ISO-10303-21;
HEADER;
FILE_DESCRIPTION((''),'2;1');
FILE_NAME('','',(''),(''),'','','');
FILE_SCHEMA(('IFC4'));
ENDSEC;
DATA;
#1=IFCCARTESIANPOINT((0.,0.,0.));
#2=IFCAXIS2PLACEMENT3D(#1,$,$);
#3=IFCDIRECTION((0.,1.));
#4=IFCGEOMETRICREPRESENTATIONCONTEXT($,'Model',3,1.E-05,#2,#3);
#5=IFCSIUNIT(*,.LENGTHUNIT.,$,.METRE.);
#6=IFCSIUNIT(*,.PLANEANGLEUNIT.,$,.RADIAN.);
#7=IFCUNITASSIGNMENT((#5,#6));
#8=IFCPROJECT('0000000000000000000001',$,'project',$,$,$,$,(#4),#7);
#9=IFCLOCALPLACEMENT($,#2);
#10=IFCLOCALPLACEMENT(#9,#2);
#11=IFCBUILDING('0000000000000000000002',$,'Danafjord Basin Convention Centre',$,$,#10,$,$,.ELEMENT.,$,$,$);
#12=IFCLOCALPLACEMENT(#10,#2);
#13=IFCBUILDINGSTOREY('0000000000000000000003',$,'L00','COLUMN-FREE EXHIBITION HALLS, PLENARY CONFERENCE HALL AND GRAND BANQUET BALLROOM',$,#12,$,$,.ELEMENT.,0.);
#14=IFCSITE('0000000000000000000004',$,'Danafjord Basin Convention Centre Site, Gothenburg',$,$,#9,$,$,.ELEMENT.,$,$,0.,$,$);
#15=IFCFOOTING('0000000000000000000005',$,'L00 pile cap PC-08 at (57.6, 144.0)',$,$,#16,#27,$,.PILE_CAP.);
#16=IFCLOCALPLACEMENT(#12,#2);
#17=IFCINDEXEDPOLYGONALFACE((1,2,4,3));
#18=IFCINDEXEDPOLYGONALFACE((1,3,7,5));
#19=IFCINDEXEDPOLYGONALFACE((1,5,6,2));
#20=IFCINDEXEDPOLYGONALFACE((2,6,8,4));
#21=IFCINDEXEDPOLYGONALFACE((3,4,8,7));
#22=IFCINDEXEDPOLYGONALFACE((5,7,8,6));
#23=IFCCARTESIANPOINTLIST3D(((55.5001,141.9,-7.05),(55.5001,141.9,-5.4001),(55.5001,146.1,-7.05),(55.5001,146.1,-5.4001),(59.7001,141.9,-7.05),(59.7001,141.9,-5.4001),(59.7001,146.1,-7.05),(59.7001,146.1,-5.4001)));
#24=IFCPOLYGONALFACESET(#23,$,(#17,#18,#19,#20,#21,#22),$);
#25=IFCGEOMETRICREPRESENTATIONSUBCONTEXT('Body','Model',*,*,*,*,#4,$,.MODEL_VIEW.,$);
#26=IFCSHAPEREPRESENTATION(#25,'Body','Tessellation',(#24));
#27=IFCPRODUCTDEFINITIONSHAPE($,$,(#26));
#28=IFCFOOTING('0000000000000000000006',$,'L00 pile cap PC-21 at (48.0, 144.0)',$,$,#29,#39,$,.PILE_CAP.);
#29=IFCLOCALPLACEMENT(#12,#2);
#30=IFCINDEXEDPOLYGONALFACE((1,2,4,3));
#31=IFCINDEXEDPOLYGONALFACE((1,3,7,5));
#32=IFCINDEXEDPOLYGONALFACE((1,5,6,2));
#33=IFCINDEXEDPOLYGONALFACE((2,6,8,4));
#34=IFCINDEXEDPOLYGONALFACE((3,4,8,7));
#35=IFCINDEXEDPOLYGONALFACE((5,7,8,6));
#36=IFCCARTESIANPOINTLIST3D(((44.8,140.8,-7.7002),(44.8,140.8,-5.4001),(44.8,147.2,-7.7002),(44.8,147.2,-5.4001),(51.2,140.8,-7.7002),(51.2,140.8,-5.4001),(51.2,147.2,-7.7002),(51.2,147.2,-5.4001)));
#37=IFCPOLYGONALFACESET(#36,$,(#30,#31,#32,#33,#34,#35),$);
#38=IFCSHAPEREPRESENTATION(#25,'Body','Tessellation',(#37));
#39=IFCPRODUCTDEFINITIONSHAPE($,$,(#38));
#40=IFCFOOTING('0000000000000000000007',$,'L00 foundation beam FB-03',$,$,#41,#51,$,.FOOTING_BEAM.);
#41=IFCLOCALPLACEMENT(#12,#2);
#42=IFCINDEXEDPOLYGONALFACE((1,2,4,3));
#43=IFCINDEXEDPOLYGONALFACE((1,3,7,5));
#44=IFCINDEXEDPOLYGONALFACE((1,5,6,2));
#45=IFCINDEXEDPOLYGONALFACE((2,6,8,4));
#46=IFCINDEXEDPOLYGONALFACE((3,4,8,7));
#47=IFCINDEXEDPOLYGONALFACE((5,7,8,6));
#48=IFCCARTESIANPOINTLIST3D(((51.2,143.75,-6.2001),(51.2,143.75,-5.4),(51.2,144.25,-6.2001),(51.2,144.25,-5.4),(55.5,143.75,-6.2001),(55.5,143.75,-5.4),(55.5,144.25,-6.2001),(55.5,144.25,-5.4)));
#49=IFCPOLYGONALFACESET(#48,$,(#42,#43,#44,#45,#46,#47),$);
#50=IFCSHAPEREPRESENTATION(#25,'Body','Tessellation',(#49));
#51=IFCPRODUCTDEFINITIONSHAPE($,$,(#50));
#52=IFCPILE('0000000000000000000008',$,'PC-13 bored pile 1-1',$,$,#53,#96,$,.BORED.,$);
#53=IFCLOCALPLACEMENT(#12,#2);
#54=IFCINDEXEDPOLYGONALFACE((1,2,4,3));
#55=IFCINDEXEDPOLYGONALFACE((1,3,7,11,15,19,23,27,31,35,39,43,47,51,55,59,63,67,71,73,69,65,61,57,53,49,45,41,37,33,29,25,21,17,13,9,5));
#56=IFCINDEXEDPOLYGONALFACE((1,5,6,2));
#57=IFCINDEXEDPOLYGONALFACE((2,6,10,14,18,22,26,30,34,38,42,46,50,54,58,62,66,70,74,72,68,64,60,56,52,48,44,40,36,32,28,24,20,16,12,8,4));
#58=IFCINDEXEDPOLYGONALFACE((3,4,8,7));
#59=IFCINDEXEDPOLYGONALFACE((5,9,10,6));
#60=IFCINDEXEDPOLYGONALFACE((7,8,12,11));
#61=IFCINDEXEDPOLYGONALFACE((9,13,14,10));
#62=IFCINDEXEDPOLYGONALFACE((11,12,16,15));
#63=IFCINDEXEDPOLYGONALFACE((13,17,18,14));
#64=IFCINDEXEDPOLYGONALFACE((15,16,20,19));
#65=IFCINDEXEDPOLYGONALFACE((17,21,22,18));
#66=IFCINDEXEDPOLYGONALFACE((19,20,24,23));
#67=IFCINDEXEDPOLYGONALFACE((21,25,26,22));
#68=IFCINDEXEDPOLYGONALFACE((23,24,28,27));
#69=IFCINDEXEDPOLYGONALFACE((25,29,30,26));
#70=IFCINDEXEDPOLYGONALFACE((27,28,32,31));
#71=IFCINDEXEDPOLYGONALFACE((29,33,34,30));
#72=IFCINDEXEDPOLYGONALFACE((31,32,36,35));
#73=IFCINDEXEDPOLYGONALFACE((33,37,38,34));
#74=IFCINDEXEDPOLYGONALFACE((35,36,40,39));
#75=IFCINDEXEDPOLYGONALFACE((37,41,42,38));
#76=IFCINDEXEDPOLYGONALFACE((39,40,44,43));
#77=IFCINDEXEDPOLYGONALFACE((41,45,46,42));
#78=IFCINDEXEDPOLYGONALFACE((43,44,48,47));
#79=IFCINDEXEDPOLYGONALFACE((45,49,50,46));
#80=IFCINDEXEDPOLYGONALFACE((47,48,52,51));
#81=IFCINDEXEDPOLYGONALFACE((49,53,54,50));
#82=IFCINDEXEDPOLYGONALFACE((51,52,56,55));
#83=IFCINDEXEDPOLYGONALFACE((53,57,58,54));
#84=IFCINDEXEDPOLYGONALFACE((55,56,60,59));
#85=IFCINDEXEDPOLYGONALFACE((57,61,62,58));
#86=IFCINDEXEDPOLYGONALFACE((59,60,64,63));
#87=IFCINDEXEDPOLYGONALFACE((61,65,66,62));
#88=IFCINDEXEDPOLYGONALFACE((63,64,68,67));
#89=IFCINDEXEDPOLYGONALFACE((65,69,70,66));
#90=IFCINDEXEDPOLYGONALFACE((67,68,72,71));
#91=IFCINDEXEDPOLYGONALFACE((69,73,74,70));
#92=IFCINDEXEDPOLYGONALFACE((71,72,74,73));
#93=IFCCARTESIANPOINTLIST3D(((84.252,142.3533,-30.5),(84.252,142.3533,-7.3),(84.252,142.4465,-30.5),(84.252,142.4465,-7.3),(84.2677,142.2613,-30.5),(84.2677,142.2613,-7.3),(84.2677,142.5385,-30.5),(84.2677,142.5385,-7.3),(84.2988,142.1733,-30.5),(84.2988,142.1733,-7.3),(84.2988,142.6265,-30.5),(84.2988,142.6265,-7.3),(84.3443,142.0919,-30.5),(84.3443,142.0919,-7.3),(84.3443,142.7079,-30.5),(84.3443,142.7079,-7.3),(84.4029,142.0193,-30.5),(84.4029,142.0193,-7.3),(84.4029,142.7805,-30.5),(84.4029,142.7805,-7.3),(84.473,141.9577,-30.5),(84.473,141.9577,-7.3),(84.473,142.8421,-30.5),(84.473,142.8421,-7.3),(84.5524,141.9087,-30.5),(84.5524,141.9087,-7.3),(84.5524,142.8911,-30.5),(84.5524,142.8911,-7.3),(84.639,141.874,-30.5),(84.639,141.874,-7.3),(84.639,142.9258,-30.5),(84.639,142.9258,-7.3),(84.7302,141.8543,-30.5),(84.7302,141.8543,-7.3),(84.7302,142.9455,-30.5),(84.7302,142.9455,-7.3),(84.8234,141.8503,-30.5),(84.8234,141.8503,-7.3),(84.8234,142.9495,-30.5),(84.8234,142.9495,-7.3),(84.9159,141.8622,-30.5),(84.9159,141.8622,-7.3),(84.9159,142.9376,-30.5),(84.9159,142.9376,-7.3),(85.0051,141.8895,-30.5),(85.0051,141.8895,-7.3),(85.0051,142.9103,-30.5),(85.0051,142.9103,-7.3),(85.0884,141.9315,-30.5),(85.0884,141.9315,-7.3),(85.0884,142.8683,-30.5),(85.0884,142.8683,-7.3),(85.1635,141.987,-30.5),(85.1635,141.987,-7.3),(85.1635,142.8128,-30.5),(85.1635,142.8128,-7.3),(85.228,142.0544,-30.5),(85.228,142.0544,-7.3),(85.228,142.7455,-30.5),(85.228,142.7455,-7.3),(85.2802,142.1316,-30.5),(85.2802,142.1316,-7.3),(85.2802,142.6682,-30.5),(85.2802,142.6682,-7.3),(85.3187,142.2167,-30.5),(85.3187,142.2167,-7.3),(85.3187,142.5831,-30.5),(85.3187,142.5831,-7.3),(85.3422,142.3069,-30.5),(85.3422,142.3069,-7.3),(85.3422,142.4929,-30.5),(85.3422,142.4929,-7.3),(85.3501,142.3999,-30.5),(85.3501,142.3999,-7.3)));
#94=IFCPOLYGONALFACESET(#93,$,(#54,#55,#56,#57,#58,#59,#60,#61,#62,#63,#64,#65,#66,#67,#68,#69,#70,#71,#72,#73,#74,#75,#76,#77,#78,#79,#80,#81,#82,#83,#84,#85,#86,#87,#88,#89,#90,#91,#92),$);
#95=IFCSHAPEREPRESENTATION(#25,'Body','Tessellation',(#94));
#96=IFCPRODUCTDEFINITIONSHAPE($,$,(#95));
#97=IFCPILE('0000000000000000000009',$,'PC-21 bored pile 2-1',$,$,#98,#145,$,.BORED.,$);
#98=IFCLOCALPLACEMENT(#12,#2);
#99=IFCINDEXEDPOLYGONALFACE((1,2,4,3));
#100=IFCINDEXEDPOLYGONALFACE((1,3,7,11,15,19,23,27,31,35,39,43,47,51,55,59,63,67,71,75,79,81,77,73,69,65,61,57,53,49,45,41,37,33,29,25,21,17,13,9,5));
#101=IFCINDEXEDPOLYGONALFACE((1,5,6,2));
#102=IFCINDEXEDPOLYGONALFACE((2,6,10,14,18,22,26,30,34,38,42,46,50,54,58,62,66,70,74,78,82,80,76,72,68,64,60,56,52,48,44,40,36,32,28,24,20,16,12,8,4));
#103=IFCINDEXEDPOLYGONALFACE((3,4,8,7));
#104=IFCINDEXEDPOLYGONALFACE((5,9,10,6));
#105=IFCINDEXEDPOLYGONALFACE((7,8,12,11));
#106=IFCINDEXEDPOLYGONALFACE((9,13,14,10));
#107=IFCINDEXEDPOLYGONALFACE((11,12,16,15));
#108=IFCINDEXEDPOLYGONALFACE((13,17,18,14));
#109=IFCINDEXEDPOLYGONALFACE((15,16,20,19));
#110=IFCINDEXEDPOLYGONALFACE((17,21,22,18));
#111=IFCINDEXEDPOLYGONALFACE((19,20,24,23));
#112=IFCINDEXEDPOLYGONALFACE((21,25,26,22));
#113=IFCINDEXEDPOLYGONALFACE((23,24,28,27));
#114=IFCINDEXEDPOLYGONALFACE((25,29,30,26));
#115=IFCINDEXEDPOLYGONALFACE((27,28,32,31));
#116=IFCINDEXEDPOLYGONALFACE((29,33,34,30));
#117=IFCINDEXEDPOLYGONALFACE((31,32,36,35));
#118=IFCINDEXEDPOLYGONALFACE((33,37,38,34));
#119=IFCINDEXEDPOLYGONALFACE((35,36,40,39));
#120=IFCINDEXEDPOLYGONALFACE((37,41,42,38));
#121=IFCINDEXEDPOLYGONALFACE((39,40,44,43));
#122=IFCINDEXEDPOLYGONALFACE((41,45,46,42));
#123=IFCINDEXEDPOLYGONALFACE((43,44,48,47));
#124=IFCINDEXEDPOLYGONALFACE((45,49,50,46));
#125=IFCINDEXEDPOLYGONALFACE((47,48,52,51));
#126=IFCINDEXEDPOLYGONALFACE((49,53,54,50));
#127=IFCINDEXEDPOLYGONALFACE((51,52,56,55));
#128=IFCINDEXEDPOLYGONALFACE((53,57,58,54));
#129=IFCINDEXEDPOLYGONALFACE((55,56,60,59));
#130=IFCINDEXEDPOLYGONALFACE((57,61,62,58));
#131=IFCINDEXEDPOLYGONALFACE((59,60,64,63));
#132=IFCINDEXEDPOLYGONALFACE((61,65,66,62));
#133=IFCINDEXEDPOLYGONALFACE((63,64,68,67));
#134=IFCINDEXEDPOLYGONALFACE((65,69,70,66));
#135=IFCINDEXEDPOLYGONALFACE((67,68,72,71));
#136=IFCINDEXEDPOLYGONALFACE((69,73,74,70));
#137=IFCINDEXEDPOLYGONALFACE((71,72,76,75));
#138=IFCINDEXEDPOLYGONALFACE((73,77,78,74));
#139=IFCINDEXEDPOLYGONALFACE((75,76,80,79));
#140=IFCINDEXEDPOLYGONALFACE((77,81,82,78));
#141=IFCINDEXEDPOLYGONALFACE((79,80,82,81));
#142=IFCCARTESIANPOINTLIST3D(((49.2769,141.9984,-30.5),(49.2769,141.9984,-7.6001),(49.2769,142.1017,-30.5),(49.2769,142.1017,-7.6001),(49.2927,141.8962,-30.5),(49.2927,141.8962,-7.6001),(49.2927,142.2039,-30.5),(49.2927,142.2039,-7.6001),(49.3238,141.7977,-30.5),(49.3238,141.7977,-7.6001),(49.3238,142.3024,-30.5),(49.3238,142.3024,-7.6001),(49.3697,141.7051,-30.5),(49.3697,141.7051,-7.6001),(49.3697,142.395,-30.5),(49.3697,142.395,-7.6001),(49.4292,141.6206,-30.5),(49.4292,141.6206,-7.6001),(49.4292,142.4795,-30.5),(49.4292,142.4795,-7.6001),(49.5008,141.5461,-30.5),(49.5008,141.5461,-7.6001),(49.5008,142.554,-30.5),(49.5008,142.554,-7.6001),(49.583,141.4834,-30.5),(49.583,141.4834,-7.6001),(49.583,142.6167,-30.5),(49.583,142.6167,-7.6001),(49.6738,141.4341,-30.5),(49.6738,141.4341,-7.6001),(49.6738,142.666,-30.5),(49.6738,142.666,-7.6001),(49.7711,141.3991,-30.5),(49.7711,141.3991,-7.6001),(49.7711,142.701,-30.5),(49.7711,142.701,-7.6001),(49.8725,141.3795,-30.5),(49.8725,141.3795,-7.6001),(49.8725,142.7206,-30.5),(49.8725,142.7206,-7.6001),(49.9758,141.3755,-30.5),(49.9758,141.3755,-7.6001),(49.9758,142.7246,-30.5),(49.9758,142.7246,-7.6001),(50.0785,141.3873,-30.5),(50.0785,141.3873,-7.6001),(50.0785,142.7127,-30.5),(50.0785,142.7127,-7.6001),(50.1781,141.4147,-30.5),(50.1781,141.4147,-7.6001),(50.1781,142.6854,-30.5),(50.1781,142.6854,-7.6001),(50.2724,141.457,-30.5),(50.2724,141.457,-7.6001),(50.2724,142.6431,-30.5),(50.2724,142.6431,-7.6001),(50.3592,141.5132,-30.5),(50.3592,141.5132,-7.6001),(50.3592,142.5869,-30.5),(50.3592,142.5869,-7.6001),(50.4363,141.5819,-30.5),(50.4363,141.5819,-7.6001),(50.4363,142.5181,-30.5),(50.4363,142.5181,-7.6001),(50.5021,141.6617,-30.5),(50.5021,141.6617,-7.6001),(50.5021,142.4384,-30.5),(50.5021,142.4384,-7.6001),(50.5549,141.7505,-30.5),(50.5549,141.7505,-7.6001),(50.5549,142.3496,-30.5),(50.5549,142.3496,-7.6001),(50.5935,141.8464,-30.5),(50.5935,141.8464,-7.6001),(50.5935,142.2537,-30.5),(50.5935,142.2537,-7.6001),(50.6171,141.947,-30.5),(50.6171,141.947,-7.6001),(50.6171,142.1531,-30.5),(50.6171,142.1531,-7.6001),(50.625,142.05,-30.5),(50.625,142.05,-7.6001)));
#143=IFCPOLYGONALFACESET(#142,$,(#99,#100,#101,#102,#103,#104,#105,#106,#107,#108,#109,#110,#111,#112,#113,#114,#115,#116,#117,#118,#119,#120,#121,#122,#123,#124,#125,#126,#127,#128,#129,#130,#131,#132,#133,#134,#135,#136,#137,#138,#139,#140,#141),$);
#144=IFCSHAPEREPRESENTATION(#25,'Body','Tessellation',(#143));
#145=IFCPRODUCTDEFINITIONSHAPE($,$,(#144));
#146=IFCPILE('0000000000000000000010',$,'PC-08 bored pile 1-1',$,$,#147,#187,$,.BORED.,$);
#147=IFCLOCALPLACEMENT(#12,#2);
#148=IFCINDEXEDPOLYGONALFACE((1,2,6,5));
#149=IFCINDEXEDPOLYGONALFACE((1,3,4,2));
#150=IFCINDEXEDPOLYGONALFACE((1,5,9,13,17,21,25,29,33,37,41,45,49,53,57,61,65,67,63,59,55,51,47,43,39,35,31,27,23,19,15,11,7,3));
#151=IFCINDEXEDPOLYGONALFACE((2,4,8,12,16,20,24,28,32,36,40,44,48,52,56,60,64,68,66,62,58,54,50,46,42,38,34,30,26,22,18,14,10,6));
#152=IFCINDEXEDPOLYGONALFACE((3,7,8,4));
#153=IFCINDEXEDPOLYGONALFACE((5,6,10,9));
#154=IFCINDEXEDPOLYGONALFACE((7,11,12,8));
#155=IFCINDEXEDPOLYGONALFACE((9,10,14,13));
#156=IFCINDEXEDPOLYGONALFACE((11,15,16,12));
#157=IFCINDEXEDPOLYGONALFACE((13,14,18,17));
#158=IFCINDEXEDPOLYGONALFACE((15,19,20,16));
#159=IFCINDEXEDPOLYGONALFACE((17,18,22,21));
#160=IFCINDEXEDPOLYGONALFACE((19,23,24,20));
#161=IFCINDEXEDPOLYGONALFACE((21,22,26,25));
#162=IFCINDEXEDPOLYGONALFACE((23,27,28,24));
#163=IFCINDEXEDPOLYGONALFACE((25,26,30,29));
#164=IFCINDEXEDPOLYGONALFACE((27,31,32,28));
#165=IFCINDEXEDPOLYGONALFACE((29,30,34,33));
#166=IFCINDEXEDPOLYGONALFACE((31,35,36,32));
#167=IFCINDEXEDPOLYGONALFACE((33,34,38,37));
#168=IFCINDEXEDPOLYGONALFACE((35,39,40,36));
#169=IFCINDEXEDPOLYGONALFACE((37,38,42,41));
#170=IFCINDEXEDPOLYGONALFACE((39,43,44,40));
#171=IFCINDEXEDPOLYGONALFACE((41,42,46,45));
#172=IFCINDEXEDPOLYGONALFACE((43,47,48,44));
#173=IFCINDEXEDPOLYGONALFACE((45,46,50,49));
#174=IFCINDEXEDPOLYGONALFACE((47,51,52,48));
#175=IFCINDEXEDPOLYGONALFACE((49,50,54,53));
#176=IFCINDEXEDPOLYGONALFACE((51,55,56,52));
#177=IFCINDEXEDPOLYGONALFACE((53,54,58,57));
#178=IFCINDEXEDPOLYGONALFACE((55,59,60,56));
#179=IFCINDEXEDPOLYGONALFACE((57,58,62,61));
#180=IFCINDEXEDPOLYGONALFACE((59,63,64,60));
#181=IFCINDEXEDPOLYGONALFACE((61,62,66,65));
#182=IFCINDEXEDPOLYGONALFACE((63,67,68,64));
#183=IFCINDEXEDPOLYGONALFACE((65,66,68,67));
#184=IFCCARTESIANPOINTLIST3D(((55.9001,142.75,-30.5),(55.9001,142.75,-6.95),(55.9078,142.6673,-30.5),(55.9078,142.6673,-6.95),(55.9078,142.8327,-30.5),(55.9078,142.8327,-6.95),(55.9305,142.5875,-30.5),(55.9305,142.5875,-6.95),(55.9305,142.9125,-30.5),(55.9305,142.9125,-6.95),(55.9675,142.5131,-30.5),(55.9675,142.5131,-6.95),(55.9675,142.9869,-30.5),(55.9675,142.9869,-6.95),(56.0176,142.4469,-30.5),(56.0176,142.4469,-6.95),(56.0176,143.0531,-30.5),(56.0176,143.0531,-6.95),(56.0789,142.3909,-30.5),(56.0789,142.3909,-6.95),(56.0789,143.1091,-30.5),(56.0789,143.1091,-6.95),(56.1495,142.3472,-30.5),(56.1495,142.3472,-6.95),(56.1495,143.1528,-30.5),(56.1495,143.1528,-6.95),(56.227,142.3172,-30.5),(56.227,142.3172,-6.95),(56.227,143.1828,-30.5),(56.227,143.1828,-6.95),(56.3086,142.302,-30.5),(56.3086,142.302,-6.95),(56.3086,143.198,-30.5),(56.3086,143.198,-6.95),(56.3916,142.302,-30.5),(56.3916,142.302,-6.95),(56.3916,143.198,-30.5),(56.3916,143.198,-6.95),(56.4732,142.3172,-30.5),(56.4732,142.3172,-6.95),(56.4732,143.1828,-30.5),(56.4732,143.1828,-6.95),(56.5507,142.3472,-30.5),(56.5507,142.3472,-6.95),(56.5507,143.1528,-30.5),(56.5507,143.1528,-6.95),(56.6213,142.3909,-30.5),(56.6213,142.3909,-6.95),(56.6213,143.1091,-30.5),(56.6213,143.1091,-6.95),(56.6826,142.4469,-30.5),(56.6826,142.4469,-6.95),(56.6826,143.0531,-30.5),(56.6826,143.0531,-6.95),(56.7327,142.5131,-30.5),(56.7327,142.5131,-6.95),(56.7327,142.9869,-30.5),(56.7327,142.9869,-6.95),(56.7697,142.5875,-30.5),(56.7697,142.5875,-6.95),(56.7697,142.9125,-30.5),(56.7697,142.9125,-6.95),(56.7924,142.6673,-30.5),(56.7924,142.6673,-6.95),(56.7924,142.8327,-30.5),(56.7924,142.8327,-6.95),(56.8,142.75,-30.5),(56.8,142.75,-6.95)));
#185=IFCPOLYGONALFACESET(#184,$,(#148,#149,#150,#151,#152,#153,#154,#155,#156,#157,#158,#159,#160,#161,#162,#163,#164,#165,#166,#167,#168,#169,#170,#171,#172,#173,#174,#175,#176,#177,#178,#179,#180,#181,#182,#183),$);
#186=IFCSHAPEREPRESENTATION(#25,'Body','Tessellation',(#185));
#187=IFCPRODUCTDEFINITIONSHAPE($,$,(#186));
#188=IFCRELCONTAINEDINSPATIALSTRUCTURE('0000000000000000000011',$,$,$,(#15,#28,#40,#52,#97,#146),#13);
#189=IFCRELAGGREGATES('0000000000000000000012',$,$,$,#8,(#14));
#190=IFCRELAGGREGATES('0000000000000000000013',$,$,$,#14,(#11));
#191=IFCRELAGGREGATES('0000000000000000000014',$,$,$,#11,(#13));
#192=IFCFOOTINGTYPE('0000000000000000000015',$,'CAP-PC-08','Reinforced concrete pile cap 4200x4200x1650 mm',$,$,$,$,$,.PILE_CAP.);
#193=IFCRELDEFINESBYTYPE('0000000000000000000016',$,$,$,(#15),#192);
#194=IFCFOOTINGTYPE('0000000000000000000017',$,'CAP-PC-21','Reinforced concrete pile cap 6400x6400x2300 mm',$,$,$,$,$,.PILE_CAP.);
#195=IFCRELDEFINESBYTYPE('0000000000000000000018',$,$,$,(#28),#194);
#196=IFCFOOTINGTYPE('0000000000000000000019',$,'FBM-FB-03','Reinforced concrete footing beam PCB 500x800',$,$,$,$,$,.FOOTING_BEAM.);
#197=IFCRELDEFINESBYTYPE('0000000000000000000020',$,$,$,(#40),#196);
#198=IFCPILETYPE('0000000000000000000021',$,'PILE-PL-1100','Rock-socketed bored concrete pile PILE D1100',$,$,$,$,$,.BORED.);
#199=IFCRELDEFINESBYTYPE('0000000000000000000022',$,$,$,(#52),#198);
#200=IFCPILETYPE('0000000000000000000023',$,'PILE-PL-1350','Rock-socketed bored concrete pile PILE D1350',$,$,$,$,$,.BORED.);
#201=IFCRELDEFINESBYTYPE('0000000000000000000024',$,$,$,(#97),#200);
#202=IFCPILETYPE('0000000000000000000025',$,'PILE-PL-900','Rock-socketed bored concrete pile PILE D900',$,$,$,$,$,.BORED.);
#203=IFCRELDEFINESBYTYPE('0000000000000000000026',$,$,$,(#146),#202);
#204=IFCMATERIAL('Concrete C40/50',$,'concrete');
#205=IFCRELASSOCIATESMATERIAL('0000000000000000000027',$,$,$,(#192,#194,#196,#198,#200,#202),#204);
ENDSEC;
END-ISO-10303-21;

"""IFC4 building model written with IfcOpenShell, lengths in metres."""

from ifc_helpers import new_model, si_unit, direction, frame, origin, origin_2d, place, context, subcontext, project, spatial, rectangle, circle, extrude, material, material_profile, profile_set, type_object, element, save


model = new_model("IFC4")

# Units and contexts
model_context = context("Model", 3, precision=1e-05, world=origin(), true_north=direction((0.0, 1.0)))
body_context = subcontext(model_context, "Body", "Model", "MODEL_VIEW")
ifc_project = project(units=[si_unit("LENGTHUNIT", "METRE"), si_unit("PLANEANGLEUNIT", "RADIAN")], contexts=[model_context])

# Site, building, storey
site_placement = place(None, origin())
site = spatial("IfcSite", under=ifc_project, at=site_placement, Name="Danafjord Basin Convention Centre Site, Gothenburg", CompositionType="ELEMENT", RefElevation=0.0)
building_placement = place(site_placement, origin())
building = spatial("IfcBuilding", under=site, at=building_placement, Name="Danafjord Basin Convention Centre", CompositionType="ELEMENT")
storey_placement = place(building_placement, origin())
storey = spatial("IfcBuildingStorey", under=building, at=storey_placement, Name="L00", Description="COLUMN-FREE EXHIBITION HALLS, PLENARY CONFERENCE HALL AND GRAND BANQUET BALLROOM", CompositionType="ELEMENT", Elevation=0.0)

# Footings
ifc_material_1 = material(Name="Concrete C40/50", Category="concrete")
footing_type_1 = type_object("IfcFootingType", Name="CAP-PC-08", Description="Reinforced concrete pile cap 4200x4200x1650 mm", PredefinedType="PILE_CAP", material=ifc_material_1)
footing_1_placement = place(storey_placement, frame((57.6001, 144.0, -7.05), z_axis=(0.0, 0.0, 1.0), x_axis=(1.0, 0.0, 0.0)))
element("IfcFooting", 1, at=footing_1_placement, inside=storey, type_object=footing_type_1, Name="L00 pile cap PC-08 at (57.6, 144.0)", PredefinedType="PILE_CAP", context=body_context, shape_type="SweptSolid", body=[
    extrude(rectangle(XDim=4.2, YDim=4.2, at=origin_2d()), origin(), (0.0, 0.0, 1.0), 1.6499),
])
footing_type_2 = type_object("IfcFootingType", Name="CAP-PC-21", Description="Reinforced concrete pile cap 6400x6400x2300 mm", PredefinedType="PILE_CAP", material=ifc_material_1)
footing_2_placement = place(storey_placement, frame((48.0, 144.0, -7.7002), z_axis=(0.0, 0.0, 1.0), x_axis=(1.0, 0.0, 0.0)))
element("IfcFooting", 2, at=footing_2_placement, inside=storey, type_object=footing_type_2, Name="L00 pile cap PC-21 at (48.0, 144.0)", PredefinedType="PILE_CAP", context=body_context, shape_type="SweptSolid", body=[
    extrude(rectangle(XDim=6.3999, YDim=6.3999, at=origin_2d()), origin(), (0.0, 0.0, 1.0), 2.3),
])
ifc_material_profile_1 = material_profile(ifc_material_1, rectangle(XDim=0.5, YDim=0.8, at=origin_2d()), Name="PCB 500x800")
ifc_profile_set_1 = profile_set([ifc_material_profile_1], Name="Concrete C40/50")
footing_type_3 = type_object("IfcFootingType", Name="FBM-FB-03", Description="Reinforced concrete footing beam PCB 500x800", PredefinedType="FOOTING_BEAM", material=ifc_profile_set_1)
footing_3_placement = place(storey_placement, frame((51.2, 144.0, -5.8), z_axis=(1.0, 0.0, 0.0), x_axis=(0.0, 1.0, 0.0)))
element("IfcFooting", 3, at=footing_3_placement, inside=storey, type_object=footing_type_3, Name="L00 foundation beam FB-03", PredefinedType="FOOTING_BEAM", context=body_context, shape_type="SweptSolid", body=[
    extrude(rectangle(XDim=0.5, YDim=0.8, at=origin_2d()), origin(), (0.0, 0.0, 1.0), 4.3),
])

# Piles
ifc_material_profile_2 = material_profile(ifc_material_1, circle(Radius=0.55, at=origin_2d()), Name="PILE D1100")
ifc_profile_set_2 = profile_set([ifc_material_profile_2], Name="Concrete C40/50")
pile_type_1 = type_object("IfcPileType", Name="PILE-PL-1100", Description="Rock-socketed bored concrete pile PILE D1100", PredefinedType="BORED", material=ifc_profile_set_2)
pile_1_placement = place(storey_placement, frame((84.8, 142.3999, -7.3), z_axis=(0.0, 0.0, -1.0), x_axis=(1.0, 0.0, 0.0)))
element("IfcPile", 4, at=pile_1_placement, inside=storey, type_object=pile_type_1, Name="PC-13 bored pile 1-1", PredefinedType="BORED", context=body_context, shape_type="SweptSolid", body=[
    extrude(circle(Radius=0.55, at=origin_2d()), origin(), (0.0, 0.0, 1.0), 23.2),
])
ifc_material_profile_3 = material_profile(ifc_material_1, circle(Radius=0.675, at=origin_2d()), Name="PILE D1350")
ifc_profile_set_3 = profile_set([ifc_material_profile_3], Name="Concrete C40/50")
pile_type_2 = type_object("IfcPileType", Name="PILE-PL-1350", Description="Rock-socketed bored concrete pile PILE D1350", PredefinedType="BORED", material=ifc_profile_set_3)
pile_2_placement = place(storey_placement, frame((49.95, 142.05, -7.6001), z_axis=(0.0, 0.0, -1.0), x_axis=(1.0, 0.0, 0.0)))
element("IfcPile", 5, at=pile_2_placement, inside=storey, type_object=pile_type_2, Name="PC-21 bored pile 2-1", PredefinedType="BORED", context=body_context, shape_type="SweptSolid", body=[
    extrude(circle(Radius=0.675, at=origin_2d()), origin(), (0.0, 0.0, 1.0), 22.8999),
])
ifc_material_profile_4 = material_profile(ifc_material_1, circle(Radius=0.45, at=origin_2d()), Name="PILE D900")
ifc_profile_set_4 = profile_set([ifc_material_profile_4], Name="Concrete C40/50")
pile_type_3 = type_object("IfcPileType", Name="PILE-PL-900", Description="Rock-socketed bored concrete pile PILE D900", PredefinedType="BORED", material=ifc_profile_set_4)
for number, where, z_axis, x_axis, name in (
    (6, (56.3501, 142.75, -6.95), (0.0, 0.0, -1.0), (1.0, 0.0, 0.0), "PC-08 bored pile 1-1"),
):
    element("IfcPile", number, at=place(storey_placement, frame(where, z_axis=z_axis, x_axis=x_axis)), inside=storey, type_object=pile_type_3, Name=name, PredefinedType="BORED", context=body_context, shape_type="SweptSolid", body=[
        extrude(circle(Radius=0.45, at=origin_2d()), origin(), (0.0, 0.0, 1.0), 23.55),
    ])

save(model, "model.ifc")
